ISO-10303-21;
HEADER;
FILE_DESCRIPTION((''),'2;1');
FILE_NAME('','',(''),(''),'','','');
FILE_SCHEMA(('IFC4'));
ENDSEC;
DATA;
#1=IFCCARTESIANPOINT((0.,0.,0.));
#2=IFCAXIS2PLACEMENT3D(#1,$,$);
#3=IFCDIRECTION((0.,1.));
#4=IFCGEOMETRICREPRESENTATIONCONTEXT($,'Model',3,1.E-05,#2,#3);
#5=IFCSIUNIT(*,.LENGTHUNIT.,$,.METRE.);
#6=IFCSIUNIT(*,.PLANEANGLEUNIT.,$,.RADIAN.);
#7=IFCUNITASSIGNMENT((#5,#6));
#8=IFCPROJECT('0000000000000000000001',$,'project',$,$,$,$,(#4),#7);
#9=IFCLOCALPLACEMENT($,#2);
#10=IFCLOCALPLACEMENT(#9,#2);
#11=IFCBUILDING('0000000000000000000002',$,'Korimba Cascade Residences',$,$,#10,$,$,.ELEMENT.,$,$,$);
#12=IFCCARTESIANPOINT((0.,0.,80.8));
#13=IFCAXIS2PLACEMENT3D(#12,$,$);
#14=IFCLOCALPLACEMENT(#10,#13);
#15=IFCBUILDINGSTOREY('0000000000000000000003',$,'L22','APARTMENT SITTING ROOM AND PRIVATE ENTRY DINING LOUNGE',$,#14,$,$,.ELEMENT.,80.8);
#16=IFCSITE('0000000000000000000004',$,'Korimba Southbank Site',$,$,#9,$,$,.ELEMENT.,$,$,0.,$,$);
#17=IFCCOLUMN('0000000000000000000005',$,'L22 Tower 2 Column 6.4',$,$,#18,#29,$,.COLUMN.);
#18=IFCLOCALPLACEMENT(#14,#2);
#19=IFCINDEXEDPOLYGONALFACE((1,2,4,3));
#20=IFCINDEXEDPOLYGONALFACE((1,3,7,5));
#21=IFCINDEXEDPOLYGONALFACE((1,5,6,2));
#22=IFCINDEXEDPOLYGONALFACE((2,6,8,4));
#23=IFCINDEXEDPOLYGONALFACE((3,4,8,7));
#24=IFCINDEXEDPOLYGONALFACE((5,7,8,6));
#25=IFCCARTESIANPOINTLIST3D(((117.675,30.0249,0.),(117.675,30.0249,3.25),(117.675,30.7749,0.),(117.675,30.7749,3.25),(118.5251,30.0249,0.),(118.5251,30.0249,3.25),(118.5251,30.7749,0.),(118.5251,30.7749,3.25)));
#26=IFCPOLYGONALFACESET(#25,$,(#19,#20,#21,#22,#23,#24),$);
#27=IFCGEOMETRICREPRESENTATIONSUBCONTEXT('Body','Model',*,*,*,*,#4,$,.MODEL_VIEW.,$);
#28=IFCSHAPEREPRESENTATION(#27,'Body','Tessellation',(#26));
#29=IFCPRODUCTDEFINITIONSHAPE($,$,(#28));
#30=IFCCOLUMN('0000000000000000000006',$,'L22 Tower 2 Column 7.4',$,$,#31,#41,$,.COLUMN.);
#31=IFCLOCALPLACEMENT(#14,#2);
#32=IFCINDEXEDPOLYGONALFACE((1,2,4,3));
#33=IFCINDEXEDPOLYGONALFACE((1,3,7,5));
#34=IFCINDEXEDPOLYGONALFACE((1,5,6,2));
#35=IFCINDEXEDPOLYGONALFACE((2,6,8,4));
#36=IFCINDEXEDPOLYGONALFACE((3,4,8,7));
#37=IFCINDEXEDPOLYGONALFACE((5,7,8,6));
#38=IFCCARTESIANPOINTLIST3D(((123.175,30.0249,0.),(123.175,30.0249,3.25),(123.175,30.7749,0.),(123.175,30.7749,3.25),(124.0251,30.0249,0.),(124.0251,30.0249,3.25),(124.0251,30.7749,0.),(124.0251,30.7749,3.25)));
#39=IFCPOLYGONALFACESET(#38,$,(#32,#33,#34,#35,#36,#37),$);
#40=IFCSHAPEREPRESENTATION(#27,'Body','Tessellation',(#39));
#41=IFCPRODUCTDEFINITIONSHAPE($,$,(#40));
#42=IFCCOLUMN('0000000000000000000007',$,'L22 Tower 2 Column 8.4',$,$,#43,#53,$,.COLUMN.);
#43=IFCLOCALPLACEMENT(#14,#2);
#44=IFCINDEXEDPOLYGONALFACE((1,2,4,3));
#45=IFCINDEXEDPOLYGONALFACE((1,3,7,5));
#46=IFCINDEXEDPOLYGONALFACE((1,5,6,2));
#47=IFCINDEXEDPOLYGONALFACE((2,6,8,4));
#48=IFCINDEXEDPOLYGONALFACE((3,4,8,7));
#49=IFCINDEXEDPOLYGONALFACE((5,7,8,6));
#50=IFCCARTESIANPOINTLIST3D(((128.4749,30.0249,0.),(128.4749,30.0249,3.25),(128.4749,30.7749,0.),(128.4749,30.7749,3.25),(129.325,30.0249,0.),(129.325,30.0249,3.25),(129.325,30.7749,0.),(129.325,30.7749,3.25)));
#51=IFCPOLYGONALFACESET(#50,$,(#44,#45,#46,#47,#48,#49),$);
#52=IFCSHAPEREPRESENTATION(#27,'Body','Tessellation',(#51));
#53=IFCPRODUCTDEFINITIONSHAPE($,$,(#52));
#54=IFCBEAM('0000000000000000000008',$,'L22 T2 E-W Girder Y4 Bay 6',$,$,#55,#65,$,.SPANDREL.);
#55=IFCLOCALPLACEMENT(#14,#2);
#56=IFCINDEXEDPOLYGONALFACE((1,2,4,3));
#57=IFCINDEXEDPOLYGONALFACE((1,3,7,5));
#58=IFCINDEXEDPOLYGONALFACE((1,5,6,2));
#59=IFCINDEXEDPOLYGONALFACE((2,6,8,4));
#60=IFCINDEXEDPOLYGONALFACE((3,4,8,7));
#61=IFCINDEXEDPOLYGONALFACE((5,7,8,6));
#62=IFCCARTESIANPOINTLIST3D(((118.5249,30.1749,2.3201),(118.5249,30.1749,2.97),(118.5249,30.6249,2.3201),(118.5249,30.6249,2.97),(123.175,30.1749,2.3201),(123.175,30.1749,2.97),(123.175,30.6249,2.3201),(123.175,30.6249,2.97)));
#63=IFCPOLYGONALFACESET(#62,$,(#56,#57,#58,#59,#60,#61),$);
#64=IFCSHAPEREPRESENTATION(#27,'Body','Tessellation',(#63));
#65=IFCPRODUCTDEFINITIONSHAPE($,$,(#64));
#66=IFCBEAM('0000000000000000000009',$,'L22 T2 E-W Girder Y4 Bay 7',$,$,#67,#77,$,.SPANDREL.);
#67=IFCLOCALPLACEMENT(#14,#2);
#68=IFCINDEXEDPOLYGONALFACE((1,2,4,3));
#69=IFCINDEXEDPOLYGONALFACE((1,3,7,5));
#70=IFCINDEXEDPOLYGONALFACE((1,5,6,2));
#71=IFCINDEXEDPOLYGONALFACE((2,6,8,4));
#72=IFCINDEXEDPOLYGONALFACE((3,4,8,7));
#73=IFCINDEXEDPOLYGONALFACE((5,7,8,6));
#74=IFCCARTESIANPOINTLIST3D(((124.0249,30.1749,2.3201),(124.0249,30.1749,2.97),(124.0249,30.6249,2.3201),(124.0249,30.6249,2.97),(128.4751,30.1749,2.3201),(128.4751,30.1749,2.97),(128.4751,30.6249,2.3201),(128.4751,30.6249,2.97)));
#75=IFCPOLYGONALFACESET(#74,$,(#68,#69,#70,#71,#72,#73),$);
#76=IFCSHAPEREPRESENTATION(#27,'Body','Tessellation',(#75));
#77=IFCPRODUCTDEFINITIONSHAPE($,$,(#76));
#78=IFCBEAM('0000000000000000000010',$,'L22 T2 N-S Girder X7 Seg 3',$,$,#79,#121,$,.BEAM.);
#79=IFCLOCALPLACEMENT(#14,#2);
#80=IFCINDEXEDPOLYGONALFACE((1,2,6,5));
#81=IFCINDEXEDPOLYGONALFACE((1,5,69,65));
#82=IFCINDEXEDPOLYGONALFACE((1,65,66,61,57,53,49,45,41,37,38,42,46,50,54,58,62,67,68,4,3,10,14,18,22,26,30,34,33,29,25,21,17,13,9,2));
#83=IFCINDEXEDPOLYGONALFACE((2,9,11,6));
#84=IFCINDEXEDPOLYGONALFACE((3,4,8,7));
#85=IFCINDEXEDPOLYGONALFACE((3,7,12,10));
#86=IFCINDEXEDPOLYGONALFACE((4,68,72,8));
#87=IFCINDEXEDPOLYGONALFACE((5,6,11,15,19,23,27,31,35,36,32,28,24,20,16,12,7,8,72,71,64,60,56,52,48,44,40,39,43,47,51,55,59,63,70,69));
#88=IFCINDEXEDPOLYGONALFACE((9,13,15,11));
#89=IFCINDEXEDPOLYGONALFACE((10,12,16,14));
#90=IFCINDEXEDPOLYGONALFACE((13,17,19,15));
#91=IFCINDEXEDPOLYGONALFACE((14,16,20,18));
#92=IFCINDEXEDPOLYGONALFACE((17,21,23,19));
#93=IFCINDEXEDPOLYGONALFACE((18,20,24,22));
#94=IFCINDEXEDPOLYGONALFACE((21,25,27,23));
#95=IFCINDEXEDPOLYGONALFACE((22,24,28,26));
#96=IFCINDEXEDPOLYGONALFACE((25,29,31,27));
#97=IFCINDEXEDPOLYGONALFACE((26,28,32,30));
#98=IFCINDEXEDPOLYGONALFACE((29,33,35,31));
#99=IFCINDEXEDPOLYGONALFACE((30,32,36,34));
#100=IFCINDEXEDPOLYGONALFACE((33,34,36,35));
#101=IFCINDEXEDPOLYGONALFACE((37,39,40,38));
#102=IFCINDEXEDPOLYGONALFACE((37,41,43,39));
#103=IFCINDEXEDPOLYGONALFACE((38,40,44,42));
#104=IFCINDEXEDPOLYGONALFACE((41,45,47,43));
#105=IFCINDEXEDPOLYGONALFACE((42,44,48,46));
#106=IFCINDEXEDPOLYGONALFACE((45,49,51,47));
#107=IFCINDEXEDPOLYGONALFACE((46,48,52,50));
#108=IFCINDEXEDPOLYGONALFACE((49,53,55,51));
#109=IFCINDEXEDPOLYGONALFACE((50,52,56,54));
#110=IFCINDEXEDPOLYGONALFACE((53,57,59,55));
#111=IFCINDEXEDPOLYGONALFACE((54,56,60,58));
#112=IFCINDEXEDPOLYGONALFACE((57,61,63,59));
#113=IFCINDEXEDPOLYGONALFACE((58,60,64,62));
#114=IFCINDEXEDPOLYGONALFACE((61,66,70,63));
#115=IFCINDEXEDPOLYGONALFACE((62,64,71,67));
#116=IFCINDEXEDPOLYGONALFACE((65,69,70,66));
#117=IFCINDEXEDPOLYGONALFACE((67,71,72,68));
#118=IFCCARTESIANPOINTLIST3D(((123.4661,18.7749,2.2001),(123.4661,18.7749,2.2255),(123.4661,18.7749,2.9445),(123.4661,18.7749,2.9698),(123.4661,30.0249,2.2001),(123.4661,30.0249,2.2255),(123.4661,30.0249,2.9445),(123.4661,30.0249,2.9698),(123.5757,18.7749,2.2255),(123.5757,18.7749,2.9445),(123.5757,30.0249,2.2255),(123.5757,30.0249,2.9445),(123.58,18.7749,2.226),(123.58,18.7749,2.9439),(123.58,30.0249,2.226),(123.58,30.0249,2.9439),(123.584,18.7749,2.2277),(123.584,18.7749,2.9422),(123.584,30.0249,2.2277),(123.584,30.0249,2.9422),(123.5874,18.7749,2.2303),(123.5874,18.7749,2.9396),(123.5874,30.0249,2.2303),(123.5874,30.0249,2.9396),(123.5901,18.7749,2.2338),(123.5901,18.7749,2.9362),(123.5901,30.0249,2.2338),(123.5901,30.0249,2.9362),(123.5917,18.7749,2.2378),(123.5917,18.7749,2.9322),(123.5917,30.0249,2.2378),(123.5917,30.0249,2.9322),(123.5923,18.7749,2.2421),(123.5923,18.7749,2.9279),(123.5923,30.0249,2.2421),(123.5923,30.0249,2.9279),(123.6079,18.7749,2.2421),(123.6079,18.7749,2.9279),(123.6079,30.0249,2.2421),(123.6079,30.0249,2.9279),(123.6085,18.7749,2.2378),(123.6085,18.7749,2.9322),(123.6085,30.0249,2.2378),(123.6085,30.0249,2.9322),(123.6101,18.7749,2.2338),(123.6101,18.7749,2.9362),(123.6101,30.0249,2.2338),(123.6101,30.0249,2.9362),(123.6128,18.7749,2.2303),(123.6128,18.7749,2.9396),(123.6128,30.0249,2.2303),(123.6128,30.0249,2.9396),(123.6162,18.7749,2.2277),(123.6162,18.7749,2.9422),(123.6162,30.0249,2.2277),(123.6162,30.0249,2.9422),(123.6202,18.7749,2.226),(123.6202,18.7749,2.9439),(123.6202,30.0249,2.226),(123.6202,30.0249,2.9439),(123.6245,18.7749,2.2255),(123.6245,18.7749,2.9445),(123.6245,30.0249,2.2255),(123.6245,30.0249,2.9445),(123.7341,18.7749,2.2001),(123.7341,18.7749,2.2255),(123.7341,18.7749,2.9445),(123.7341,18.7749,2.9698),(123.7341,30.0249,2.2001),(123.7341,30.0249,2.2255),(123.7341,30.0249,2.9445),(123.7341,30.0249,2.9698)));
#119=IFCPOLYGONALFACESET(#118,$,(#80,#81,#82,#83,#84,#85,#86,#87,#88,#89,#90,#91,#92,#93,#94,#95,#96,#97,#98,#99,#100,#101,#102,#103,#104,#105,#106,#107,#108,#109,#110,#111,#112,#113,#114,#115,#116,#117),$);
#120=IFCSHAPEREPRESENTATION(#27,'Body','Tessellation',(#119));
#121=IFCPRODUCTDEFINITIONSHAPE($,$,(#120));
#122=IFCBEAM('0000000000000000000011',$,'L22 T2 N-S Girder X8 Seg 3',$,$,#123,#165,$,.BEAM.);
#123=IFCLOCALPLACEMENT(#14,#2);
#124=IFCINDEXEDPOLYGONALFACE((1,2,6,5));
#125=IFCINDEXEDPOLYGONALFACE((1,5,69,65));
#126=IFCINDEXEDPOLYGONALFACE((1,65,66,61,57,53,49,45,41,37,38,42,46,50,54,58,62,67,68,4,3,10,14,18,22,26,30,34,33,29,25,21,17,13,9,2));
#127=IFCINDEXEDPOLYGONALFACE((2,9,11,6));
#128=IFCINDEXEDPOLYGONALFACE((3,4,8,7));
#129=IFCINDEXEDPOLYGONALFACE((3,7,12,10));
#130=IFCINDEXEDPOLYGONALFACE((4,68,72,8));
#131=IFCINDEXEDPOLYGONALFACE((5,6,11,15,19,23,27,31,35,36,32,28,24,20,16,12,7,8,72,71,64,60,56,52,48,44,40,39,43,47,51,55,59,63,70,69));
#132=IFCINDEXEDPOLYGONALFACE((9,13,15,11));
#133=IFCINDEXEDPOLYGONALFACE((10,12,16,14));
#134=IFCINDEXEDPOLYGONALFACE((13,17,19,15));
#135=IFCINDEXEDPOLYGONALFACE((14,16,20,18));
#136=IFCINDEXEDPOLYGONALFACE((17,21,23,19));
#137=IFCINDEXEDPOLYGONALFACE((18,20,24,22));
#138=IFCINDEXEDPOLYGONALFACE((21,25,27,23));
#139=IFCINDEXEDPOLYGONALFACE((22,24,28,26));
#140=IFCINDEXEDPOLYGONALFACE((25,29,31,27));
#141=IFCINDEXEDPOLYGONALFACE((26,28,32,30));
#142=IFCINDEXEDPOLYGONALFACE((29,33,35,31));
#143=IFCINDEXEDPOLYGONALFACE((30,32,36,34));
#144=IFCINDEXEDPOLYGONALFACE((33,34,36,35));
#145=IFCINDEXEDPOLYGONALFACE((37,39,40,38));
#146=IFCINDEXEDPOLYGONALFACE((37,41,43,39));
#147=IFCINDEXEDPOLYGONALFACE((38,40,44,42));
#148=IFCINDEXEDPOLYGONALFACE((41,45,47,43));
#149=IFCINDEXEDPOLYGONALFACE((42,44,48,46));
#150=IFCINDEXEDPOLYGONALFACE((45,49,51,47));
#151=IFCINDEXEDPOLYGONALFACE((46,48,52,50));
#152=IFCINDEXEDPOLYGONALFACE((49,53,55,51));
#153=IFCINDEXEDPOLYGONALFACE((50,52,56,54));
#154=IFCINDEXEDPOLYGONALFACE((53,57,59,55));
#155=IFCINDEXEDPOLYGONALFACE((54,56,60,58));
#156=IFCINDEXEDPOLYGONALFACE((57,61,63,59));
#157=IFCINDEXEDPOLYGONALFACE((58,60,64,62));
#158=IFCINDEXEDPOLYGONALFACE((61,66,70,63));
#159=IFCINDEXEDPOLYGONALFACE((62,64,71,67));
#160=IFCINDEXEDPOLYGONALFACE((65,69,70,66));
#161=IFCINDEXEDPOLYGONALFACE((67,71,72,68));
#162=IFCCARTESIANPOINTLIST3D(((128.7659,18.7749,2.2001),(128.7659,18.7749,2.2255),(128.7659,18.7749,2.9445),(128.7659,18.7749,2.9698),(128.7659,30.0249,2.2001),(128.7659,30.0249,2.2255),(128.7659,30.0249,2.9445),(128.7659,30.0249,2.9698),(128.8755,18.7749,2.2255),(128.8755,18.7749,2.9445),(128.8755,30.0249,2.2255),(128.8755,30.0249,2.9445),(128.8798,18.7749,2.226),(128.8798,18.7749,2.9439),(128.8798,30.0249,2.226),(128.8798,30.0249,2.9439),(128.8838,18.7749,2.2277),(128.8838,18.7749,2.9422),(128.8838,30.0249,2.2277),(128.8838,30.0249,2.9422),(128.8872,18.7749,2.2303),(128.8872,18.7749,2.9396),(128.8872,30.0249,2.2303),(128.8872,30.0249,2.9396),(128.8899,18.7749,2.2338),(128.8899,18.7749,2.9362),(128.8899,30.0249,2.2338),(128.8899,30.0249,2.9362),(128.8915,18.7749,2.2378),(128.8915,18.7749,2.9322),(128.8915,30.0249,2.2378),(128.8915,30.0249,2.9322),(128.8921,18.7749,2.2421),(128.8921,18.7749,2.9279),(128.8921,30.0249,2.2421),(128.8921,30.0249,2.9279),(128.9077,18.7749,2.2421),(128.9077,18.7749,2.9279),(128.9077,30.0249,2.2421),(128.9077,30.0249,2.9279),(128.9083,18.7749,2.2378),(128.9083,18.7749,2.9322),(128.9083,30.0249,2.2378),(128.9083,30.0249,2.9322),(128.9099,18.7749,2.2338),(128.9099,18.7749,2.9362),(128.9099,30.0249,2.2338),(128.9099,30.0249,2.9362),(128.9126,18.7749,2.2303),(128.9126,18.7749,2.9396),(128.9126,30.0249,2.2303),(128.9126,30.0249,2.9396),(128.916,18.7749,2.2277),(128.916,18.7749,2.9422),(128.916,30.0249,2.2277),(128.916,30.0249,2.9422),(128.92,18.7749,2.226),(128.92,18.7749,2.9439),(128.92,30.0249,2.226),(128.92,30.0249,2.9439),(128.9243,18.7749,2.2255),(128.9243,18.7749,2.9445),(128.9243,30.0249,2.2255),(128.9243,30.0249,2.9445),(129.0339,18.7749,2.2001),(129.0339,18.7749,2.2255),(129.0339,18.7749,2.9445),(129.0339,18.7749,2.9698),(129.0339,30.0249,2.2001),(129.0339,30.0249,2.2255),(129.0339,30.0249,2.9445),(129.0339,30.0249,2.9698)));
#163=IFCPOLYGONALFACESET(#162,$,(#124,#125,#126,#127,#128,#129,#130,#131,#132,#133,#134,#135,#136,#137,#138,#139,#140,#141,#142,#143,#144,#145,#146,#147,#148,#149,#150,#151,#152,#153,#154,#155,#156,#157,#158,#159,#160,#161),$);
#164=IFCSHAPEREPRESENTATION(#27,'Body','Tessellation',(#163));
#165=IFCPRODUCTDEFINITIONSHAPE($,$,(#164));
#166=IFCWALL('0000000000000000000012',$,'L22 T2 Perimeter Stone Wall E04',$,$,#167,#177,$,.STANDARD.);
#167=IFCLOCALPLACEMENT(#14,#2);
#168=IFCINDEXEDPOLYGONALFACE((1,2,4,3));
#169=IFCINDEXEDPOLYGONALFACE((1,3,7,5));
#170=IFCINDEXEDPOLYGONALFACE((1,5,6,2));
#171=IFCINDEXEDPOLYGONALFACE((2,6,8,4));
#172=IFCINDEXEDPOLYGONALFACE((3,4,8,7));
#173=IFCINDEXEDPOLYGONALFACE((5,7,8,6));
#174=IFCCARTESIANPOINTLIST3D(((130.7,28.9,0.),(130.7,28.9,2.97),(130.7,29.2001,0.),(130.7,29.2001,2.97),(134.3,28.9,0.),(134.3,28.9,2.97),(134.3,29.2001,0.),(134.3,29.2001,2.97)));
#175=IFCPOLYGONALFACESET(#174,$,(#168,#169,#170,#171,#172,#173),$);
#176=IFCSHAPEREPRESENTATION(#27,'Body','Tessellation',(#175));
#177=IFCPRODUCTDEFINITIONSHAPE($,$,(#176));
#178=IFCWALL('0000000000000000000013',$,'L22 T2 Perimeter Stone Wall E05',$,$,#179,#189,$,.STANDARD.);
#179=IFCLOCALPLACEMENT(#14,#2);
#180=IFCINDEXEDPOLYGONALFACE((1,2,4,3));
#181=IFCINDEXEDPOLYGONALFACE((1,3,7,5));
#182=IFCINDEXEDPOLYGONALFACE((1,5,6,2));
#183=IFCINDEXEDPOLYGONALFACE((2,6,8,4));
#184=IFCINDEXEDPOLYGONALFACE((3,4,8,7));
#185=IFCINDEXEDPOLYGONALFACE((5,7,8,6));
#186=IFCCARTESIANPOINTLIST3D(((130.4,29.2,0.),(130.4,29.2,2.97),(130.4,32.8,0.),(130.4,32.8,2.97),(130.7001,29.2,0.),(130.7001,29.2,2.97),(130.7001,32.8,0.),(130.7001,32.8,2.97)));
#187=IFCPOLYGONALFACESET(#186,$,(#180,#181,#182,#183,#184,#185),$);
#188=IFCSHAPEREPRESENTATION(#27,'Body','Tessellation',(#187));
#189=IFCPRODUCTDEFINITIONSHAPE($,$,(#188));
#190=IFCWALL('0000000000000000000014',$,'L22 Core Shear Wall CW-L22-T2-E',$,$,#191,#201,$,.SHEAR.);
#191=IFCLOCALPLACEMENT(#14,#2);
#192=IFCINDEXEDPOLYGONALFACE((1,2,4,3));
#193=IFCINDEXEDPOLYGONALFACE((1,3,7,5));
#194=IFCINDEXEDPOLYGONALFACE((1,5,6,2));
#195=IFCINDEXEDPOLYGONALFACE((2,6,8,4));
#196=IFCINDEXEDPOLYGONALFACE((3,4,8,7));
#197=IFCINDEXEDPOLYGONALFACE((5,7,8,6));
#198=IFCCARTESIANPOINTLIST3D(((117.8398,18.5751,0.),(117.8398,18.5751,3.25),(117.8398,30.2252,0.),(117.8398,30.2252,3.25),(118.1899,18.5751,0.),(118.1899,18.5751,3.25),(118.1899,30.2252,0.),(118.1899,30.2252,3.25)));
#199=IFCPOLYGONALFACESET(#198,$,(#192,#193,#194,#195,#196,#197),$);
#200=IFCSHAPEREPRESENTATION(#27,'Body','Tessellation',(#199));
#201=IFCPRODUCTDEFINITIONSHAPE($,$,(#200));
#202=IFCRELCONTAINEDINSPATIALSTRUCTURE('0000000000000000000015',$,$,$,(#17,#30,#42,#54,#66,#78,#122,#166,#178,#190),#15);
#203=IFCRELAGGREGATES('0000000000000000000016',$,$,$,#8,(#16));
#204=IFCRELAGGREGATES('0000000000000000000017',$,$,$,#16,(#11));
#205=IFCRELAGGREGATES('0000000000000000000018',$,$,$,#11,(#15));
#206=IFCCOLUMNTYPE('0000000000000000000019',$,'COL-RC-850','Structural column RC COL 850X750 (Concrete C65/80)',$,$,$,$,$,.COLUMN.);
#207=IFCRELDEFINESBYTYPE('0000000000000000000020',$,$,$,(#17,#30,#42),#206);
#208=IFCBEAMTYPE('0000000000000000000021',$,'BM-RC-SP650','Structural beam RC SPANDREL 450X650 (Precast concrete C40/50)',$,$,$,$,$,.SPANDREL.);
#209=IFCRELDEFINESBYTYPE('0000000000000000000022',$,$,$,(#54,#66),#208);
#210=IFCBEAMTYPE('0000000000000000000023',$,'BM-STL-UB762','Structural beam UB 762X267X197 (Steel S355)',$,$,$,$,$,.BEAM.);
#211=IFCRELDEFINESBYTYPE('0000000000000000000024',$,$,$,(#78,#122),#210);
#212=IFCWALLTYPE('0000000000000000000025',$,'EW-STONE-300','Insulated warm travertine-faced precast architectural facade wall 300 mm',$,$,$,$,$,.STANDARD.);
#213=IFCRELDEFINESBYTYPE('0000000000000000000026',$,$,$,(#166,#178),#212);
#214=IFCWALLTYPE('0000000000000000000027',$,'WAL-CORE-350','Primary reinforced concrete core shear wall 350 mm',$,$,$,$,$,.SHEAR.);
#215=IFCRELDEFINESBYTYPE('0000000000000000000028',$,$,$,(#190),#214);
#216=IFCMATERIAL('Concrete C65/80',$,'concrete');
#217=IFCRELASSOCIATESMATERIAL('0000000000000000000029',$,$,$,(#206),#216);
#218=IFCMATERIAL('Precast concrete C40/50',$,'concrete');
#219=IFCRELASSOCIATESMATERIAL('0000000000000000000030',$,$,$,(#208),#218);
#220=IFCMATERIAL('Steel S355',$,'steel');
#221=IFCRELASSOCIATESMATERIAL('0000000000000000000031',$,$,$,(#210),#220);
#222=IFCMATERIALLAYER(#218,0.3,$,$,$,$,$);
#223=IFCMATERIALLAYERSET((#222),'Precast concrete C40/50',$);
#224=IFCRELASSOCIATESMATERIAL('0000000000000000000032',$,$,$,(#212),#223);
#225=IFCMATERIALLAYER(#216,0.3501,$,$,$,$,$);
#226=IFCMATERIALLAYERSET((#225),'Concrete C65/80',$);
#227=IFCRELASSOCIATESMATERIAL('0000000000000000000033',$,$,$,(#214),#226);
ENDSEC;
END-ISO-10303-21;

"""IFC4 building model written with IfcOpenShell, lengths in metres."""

from ifc_helpers import new_model, si_unit, direction, frame, frame_2d, origin, origin_2d, place, context, subcontext, project, spatial, rectangle, i_section, extrude, material, layer, layer_set, material_profile, profile_set, type_object, element, save


model = new_model("IFC4")

# Units and contexts
model_context = context("Model", 3, precision=1e-05, world=origin(), true_north=direction((0.0, 1.0)))
body_context = subcontext(model_context, "Body", "Model", "MODEL_VIEW")
ifc_project = project(units=[si_unit("LENGTHUNIT", "METRE"), si_unit("PLANEANGLEUNIT", "RADIAN")], contexts=[model_context])

# Site, building, storey
site_placement = place(None, origin())
site = spatial("IfcSite", under=ifc_project, at=site_placement, Name="Korimba Southbank Site", CompositionType="ELEMENT", RefElevation=0.0)
building_placement = place(site_placement, origin())
building = spatial("IfcBuilding", under=site, at=building_placement, Name="Korimba Cascade Residences", CompositionType="ELEMENT")
storey_placement = place(building_placement, frame((0.0, 0.0, 80.8)))
storey = spatial("IfcBuildingStorey", under=building, at=storey_placement, Name="L22", Description="APARTMENT SITTING ROOM AND PRIVATE ENTRY DINING LOUNGE", CompositionType="ELEMENT", Elevation=80.8)

# Columns
ifc_material_1 = material(Name="Concrete C65/80", Category="concrete")
ifc_material_profile_1 = material_profile(ifc_material_1, rectangle(XDim=0.8501, YDim=0.75, at=origin_2d()), Name="Concrete C65/80")
ifc_profile_set_1 = profile_set([ifc_material_profile_1], Name="Concrete C65/80")
column_type = type_object("IfcColumnType", Name="COL-RC-850", Description="Structural column RC COL 850X750 (Concrete C65/80)", PredefinedType="COLUMN", material=ifc_profile_set_1)
for number, where, z_axis, x_axis, name in (
    (1, (118.1001, 30.3999, 0.0), (0.0, 0.0, 1.0), (1.0, 0.0, 0.0), "L22 Tower 2 Column 6.4"),
    (2, (123.6001, 30.3999, 0.0), (0.0, 0.0, 1.0), (1.0, 0.0, 0.0), "L22 Tower 2 Column 7.4"),
    (3, (128.8999, 30.3999, 0.0), (0.0, 0.0, 1.0), (1.0, 0.0, 0.0), "L22 Tower 2 Column 8.4"),
):
    element("IfcColumn", number, at=place(storey_placement, frame(where, z_axis=z_axis, x_axis=x_axis)), inside=storey, type_object=column_type, Name=name, PredefinedType="COLUMN", context=body_context, shape_type="SweptSolid", body=[
        extrude(rectangle(XDim=0.8501, YDim=0.75, at=origin_2d()), origin(), (0.0, 0.0, 1.0), 3.25),
    ])

# Beams
ifc_material_2 = material(Name="Precast concrete C40/50", Category="concrete")
ifc_material_profile_2 = material_profile(ifc_material_2, rectangle(XDim=0.45, YDim=0.6499, at=origin_2d()), Name="Precast concrete C40/50")
ifc_profile_set_2 = profile_set([ifc_material_profile_2], Name="Precast concrete C40/50")
beam_type_1 = type_object("IfcBeamType", Name="BM-RC-SP650", Description="Structural beam RC SPANDREL 450X650 (Precast concrete C40/50)", PredefinedType="SPANDREL", material=ifc_profile_set_2)
beam_1_placement = place(storey_placement, frame((118.5249, 30.3999, 2.645), z_axis=(1.0, 0.0, 0.0), x_axis=(0.0, 1.0, 0.0)))
element("IfcBeam", 4, at=beam_1_placement, inside=storey, type_object=beam_type_1, Name="L22 T2 E-W Girder Y4 Bay 6", PredefinedType="SPANDREL", context=body_context, shape_type="SweptSolid", body=[
    extrude(rectangle(XDim=0.45, YDim=0.6499, at=origin_2d()), origin(), (0.0, 0.0, 1.0), 4.6501),
])
beam_2_placement = place(storey_placement, frame((124.0249, 30.3999, 2.645), z_axis=(1.0, 0.0, 0.0), x_axis=(0.0, 1.0, 0.0)))
element("IfcBeam", 5, at=beam_2_placement, inside=storey, type_object=beam_type_1, Name="L22 T2 E-W Girder Y4 Bay 7", PredefinedType="SPANDREL", context=body_context, shape_type="SweptSolid", body=[
    extrude(rectangle(XDim=0.45, YDim=0.6499, at=origin_2d()), origin(), (0.0, 0.0, 1.0), 4.4502),
])
ifc_material_3 = material(Name="Steel S355", Category="steel")
ifc_material_profile_3 = material_profile(ifc_material_3, i_section(OverallWidth=0.2681, OverallDepth=0.7698, WebThickness=0.0156, FlangeThickness=0.0254, FilletRadius=0.0166, at=origin_2d()), Name="Steel S355")
ifc_profile_set_3 = profile_set([ifc_material_profile_3], Name="Steel S355")
beam_type_2 = type_object("IfcBeamType", Name="BM-STL-UB762", Description="Structural beam UB 762X267X197 (Steel S355)", PredefinedType="BEAM", material=ifc_profile_set_3)
for number, where, z_axis, x_axis, name in (
    (6, (123.6001, 18.7749, 2.585), (0.0, 1.0, 0.0), (-1.0, 0.0, 0.0), "L22 T2 N-S Girder X7 Seg 3"),
    (7, (128.8999, 18.7749, 2.585), (0.0, 1.0, 0.0), (-1.0, 0.0, 0.0), "L22 T2 N-S Girder X8 Seg 3"),
):
    element("IfcBeam", number, at=place(storey_placement, frame(where, z_axis=z_axis, x_axis=x_axis)), inside=storey, type_object=beam_type_2, Name=name, PredefinedType="BEAM", context=body_context, shape_type="SweptSolid", body=[
        extrude(i_section(OverallWidth=0.2681, OverallDepth=0.7698, WebThickness=0.0156, FlangeThickness=0.0254, FilletRadius=0.0166, at=origin_2d()), origin(), (0.0, 0.0, 1.0), 11.25),
    ])

# Walls
ifc_layer_1 = layer(ifc_material_2, 0.3)
ifc_layer_set_1 = layer_set([ifc_layer_1], Name="Precast concrete C40/50")
wall_type_1 = type_object("IfcWallType", Name="EW-STONE-300", Description="Insulated warm travertine-faced precast architectural facade wall 300 mm", PredefinedType="STANDARD", material=ifc_layer_set_1)
for number, where, z_axis, x_axis, name in (
    (8, (134.3, 29.05, 0.0), (0.0, 0.0, 1.0), (-1.0, 0.0, 0.0), "L22 T2 Perimeter Stone Wall E04"),
    (9, (130.55, 29.2, 0.0), (0.0, 0.0, 1.0), (0.0, 1.0, 0.0), "L22 T2 Perimeter Stone Wall E05"),
):
    element("IfcWall", number, at=place(storey_placement, frame(where, z_axis=z_axis, x_axis=x_axis)), inside=storey, type_object=wall_type_1, Name=name, PredefinedType="STANDARD", context=body_context, shape_type="SweptSolid", body=[
        extrude(rectangle(XDim=3.6001, YDim=0.3, at=frame_2d((1.8, 0.0))), origin(), (0.0, 0.0, 1.0), 2.97),
    ])
ifc_layer_2 = layer(ifc_material_1, 0.3501)
ifc_layer_set_2 = layer_set([ifc_layer_2], Name="Concrete C65/80")
wall_type_2 = type_object("IfcWallType", Name="WAL-CORE-350", Description="Primary reinforced concrete core shear wall 350 mm", PredefinedType="SHEAR", material=ifc_layer_set_2)
wall_1_placement = place(storey_placement, frame((118.0149, 18.575, 0.0), z_axis=(0.0, 0.0, 1.0), x_axis=(0.0, 1.0, 0.0)))
element("IfcWall", 10, at=wall_1_placement, inside=storey, type_object=wall_type_2, Name="L22 Core Shear Wall CW-L22-T2-E", PredefinedType="SHEAR", context=body_context, shape_type="SweptSolid", body=[
    extrude(rectangle(XDim=11.6501, YDim=0.3501, at=frame_2d((5.8252, 0.0))), origin(), (0.0, 0.0, 1.0), 3.25),
])

save(model, "model.ifc")
